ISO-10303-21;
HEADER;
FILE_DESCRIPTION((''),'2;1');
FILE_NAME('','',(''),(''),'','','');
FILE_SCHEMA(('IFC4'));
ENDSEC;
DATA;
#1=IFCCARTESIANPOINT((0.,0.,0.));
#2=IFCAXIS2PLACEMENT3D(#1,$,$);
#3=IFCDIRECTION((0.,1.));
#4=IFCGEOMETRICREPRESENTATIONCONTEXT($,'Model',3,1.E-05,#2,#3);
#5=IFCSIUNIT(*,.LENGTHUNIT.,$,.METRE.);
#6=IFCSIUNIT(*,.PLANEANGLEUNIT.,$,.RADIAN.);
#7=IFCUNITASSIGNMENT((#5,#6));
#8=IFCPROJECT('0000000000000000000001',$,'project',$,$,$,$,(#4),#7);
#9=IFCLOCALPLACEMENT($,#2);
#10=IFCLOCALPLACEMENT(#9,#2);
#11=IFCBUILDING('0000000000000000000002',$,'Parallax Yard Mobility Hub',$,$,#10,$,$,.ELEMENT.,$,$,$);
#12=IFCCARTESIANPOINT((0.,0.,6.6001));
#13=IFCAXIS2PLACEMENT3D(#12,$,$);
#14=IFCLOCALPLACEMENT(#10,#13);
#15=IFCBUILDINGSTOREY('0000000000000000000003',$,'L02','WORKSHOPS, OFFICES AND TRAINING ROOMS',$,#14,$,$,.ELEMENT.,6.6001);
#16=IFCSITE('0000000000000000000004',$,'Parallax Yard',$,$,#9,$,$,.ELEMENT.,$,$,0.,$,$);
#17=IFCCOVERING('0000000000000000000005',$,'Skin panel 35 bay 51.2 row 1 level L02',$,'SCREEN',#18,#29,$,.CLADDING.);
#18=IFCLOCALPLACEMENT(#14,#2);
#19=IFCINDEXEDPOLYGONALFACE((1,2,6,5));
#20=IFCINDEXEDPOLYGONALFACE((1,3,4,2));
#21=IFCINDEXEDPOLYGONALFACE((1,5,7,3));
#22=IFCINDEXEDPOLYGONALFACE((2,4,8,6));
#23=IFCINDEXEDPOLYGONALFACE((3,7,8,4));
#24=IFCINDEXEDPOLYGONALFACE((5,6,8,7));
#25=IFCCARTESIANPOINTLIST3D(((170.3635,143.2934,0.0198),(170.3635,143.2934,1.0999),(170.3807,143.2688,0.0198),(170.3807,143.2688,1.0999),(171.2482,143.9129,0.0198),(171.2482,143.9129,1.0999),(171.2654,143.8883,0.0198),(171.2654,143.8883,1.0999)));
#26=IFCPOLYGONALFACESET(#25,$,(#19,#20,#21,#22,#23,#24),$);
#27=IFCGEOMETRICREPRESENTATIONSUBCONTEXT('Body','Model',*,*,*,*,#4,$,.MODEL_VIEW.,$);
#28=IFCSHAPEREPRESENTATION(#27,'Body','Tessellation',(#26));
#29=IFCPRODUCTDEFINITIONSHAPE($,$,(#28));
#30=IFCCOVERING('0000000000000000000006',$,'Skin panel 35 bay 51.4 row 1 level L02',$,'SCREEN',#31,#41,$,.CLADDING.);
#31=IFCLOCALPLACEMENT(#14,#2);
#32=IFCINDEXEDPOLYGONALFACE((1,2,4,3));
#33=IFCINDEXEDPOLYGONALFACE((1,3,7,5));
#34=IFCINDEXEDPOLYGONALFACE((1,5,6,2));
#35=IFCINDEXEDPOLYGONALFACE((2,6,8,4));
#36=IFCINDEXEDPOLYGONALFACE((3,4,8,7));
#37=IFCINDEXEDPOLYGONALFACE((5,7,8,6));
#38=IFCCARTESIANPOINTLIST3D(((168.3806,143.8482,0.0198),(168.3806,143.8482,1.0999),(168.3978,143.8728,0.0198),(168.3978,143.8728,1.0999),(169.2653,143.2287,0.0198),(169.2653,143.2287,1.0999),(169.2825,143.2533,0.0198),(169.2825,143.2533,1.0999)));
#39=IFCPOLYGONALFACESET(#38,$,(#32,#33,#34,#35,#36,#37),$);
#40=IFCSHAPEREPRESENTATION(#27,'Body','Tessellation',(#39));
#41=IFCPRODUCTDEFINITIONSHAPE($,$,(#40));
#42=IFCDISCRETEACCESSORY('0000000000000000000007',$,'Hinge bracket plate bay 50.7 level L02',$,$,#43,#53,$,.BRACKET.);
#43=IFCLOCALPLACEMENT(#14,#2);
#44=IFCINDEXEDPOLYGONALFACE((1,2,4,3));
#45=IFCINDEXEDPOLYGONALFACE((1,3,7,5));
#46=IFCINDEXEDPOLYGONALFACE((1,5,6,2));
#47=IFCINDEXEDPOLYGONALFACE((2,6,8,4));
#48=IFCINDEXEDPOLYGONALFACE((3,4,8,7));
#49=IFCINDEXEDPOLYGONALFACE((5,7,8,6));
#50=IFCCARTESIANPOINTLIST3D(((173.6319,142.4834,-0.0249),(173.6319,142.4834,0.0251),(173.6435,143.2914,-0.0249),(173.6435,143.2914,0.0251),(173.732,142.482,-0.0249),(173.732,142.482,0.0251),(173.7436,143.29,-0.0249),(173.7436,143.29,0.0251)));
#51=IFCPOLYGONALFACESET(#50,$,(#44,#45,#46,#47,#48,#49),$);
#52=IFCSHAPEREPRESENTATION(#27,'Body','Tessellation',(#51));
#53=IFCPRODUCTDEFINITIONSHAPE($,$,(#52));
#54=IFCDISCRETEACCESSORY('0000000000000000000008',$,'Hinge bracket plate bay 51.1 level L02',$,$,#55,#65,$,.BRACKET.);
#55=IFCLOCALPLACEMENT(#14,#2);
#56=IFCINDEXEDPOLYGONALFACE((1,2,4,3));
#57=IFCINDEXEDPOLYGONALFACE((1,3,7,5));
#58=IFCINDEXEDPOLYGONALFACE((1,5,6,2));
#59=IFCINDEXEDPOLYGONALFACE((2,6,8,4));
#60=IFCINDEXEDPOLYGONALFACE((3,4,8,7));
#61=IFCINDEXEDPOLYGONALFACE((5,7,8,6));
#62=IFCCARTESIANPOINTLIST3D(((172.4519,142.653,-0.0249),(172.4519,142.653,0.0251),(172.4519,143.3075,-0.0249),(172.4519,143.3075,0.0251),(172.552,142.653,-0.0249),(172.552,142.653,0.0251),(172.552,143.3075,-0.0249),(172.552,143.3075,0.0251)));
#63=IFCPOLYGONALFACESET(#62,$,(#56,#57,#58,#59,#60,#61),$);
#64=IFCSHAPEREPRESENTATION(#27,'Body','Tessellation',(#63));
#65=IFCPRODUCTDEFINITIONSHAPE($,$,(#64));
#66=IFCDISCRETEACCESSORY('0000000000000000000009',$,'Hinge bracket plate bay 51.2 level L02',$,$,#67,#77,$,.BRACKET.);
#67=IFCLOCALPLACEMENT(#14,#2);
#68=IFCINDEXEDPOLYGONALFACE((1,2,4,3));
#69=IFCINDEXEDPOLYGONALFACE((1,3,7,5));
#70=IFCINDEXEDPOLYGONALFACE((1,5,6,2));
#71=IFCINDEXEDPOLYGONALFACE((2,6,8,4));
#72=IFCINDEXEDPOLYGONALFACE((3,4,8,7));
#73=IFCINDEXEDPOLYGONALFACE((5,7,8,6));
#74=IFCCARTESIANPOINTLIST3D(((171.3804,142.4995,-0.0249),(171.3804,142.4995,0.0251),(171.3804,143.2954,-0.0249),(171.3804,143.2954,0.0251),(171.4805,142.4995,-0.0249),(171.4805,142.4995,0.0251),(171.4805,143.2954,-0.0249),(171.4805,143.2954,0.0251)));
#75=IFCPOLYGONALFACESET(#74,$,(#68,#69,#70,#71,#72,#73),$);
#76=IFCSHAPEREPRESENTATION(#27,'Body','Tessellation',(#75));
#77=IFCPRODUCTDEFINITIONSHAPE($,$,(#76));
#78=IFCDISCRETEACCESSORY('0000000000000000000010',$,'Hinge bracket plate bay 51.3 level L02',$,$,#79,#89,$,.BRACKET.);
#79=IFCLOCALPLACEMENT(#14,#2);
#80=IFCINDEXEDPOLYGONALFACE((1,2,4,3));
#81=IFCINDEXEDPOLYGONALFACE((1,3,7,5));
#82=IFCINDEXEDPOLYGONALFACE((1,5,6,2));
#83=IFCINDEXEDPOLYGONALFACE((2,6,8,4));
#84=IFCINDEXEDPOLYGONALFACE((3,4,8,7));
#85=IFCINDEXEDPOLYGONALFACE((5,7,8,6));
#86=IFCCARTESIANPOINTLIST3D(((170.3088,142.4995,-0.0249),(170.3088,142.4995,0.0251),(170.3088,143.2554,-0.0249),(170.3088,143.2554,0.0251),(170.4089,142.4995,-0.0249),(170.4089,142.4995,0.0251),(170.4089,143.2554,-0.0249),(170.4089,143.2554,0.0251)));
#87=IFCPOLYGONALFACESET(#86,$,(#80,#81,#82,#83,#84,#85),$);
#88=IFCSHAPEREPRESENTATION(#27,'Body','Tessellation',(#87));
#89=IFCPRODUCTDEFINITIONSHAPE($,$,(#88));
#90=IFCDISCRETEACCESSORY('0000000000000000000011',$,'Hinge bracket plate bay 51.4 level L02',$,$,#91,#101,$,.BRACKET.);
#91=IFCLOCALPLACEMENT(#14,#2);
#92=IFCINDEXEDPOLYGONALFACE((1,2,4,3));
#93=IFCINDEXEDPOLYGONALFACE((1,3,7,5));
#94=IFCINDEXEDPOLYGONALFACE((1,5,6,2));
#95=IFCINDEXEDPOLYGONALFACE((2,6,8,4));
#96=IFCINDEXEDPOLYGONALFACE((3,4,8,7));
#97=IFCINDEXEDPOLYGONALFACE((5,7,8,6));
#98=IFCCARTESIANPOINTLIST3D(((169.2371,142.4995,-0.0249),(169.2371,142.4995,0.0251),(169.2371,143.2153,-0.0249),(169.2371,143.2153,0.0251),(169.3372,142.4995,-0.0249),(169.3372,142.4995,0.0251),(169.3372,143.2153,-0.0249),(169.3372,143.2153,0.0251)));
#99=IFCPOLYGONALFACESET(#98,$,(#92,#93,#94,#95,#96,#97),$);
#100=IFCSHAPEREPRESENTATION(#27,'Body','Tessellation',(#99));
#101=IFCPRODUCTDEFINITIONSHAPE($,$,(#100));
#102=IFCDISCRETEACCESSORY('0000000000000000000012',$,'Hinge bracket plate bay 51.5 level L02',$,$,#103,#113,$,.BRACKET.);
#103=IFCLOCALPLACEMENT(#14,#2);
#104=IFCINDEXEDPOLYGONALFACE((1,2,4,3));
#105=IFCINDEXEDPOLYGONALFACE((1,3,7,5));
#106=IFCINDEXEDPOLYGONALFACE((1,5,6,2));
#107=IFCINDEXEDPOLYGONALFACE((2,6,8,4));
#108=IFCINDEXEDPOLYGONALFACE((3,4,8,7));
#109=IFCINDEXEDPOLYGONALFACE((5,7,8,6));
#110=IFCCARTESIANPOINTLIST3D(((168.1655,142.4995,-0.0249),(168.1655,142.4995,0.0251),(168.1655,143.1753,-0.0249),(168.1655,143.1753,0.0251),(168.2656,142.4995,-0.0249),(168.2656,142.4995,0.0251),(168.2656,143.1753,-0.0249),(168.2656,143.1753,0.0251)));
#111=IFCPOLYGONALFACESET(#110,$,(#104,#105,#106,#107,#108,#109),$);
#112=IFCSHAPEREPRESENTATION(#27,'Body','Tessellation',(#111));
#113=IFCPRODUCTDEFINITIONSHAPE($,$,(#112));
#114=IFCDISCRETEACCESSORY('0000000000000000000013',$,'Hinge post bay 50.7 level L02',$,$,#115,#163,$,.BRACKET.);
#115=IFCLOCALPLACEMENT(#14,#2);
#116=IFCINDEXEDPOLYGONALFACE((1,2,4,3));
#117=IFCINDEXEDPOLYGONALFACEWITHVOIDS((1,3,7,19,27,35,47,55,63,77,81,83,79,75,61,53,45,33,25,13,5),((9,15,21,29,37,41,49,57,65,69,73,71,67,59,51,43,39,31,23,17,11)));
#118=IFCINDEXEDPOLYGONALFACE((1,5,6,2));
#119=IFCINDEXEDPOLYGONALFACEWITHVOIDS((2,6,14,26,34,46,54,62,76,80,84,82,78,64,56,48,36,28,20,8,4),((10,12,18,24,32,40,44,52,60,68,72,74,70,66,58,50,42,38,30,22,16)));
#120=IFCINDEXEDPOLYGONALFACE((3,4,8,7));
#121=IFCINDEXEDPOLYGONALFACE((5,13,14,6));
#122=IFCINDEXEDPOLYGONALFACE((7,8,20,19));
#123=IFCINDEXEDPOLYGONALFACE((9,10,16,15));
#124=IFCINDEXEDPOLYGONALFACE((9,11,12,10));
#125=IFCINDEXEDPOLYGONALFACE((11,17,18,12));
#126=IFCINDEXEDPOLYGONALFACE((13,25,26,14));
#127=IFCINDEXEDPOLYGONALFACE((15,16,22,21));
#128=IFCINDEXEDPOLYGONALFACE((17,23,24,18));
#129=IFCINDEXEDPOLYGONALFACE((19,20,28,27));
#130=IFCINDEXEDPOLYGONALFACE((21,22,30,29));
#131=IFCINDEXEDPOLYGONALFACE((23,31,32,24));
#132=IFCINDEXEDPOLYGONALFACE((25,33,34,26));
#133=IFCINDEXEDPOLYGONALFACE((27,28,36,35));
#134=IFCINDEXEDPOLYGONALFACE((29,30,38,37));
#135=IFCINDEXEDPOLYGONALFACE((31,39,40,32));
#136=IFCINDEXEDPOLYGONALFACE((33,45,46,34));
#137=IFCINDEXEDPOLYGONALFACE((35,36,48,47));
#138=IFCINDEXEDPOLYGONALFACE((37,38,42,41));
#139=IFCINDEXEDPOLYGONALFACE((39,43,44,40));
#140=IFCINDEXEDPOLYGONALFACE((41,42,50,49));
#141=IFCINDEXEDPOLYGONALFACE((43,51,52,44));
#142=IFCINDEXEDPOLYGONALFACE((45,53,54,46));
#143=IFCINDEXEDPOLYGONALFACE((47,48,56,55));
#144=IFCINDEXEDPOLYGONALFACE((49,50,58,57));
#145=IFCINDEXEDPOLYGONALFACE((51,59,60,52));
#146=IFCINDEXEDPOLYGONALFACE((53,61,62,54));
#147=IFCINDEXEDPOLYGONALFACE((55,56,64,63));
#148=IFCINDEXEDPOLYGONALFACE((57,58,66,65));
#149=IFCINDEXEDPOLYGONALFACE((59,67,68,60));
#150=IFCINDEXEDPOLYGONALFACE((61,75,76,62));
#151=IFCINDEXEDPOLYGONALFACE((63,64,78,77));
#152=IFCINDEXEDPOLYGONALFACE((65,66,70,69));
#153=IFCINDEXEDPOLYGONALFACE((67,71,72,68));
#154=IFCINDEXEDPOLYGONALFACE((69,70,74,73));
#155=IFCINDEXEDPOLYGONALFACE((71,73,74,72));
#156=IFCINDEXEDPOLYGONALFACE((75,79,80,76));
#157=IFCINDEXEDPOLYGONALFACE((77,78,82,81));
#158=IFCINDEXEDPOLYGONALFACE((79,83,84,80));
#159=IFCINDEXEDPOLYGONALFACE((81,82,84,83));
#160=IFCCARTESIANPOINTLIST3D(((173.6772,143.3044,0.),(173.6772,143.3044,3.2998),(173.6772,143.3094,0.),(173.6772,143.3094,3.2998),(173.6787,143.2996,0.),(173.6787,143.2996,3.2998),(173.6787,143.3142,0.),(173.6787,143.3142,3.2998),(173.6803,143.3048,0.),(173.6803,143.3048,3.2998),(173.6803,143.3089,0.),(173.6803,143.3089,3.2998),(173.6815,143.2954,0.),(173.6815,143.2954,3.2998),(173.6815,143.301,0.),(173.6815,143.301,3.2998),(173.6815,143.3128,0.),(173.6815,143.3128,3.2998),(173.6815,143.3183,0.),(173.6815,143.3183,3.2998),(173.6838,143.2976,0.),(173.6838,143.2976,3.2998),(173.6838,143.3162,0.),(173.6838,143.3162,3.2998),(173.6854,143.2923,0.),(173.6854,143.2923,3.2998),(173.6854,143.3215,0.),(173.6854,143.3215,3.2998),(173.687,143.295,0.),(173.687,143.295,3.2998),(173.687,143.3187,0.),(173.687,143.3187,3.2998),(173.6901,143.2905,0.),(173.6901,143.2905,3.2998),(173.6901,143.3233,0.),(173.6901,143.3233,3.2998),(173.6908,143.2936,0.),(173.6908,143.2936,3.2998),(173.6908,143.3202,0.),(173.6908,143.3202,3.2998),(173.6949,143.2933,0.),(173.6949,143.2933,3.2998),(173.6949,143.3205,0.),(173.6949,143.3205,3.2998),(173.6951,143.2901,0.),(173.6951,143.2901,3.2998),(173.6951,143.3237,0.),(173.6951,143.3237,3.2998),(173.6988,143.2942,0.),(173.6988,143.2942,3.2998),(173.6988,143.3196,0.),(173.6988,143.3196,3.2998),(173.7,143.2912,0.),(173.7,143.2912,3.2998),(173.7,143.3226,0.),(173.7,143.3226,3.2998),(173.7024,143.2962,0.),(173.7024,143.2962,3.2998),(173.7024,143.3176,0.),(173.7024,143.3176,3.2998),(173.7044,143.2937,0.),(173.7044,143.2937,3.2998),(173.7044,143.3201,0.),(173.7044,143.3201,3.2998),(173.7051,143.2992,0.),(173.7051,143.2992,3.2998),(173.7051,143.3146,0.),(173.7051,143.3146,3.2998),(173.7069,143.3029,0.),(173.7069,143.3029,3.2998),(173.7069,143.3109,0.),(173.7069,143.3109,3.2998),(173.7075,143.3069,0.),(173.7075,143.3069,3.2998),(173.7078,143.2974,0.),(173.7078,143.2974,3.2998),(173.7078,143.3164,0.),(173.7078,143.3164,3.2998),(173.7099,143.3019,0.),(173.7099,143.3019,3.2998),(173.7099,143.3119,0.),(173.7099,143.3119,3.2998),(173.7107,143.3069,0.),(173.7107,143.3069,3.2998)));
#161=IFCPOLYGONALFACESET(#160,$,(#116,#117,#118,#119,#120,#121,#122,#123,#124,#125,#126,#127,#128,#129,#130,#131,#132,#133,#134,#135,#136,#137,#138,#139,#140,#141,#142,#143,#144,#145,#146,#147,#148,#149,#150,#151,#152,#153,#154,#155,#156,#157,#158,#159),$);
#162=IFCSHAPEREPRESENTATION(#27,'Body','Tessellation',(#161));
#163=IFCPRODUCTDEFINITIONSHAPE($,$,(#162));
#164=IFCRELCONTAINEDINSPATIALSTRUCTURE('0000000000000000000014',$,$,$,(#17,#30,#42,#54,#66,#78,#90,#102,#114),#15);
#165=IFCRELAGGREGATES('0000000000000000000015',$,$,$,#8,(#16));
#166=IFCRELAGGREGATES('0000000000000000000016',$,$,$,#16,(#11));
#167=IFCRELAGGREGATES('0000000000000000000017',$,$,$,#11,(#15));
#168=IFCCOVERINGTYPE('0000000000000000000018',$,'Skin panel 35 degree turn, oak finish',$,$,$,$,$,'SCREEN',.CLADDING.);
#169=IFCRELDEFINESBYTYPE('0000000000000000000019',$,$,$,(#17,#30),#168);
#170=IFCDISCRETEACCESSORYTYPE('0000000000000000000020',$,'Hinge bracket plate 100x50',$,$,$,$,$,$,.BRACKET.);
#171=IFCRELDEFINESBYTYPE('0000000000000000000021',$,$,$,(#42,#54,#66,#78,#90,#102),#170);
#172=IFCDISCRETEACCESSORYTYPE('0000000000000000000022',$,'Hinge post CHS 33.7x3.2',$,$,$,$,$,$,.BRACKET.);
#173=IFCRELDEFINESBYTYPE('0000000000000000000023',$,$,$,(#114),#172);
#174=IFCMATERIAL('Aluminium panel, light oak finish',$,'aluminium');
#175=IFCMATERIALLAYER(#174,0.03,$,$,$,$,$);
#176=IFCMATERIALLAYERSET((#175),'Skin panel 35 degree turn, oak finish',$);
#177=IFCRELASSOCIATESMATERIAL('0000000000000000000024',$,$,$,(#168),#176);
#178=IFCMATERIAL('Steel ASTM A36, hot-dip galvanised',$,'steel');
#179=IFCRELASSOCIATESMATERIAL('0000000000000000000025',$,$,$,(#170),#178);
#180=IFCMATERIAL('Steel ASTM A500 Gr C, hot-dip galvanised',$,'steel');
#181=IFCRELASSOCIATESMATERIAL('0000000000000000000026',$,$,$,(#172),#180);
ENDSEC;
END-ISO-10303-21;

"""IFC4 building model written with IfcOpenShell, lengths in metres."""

from ifc_helpers import new_model, si_unit, direction, frame, origin, origin_2d, place, context, subcontext, project, spatial, rectangle, hollow_circle, extrude, material, layer, layer_set, material_profile, profile_set, type_object, element, save


model = new_model("IFC4")

# Units and contexts
model_context = context("Model", 3, precision=1e-05, world=origin(), true_north=direction((0.0, 1.0)))
body_context = subcontext(model_context, "Body", "Model", "MODEL_VIEW")
ifc_project = project(units=[si_unit("LENGTHUNIT", "METRE"), si_unit("PLANEANGLEUNIT", "RADIAN")], contexts=[model_context])

# Site, building, storey
site_placement = place(None, origin())
site = spatial("IfcSite", under=ifc_project, at=site_placement, Name="Parallax Yard", CompositionType="ELEMENT", RefElevation=0.0)
building_placement = place(site_placement, origin())
building = spatial("IfcBuilding", under=site, at=building_placement, Name="Parallax Yard Mobility Hub", CompositionType="ELEMENT")
storey_placement = place(building_placement, frame((0.0, 0.0, 6.6001)))
storey = spatial("IfcBuildingStorey", under=building, at=storey_placement, Name="L02", Description="WORKSHOPS, OFFICES AND TRAINING ROOMS", CompositionType="ELEMENT", Elevation=6.6001)

# Coverings
ifc_material_1 = material(Name="Aluminium panel, light oak finish", Category="aluminium")
ifc_layer_1 = layer(ifc_material_1, 0.03)
ifc_layer_set_1 = layer_set([ifc_layer_1], Name="Skin panel 35 degree turn, oak finish")
covering_type_1 = type_object("IfcCoveringType", Name="Skin panel 35 degree turn, oak finish", ElementType="SCREEN", PredefinedType="CLADDING", material=ifc_layer_set_1)
for number, where, z_axis, x_axis, name in (
    (1, (170.8145, 143.5908, 0.0198), (0.0, 0.0, 1.0), (0.819152, 0.573576, 0.0), "Skin panel 35 bay 51.2 row 1 level L02"),
    (2, (168.8315, 143.5508, 0.0198), (0.0, 0.0, 1.0), (-0.819152, 0.573576, 0.0), "Skin panel 35 bay 51.4 row 1 level L02"),
):
    element("IfcCovering", number, at=place(storey_placement, frame(where, z_axis=z_axis, x_axis=x_axis)), inside=storey, type_object=covering_type_1, Name=name, ObjectType="SCREEN", PredefinedType="CLADDING", context=body_context, shape_type="SweptSolid", body=[
        extrude(rectangle(XDim=1.0801, YDim=0.03, at=origin_2d()), origin(), (0.0, 0.0, 1.0), 1.0801),
    ])

# Discrete accessories
ifc_material_2 = material(Name="Steel ASTM A36, hot-dip galvanised", Category="steel")
discrete_accessory_type_1 = type_object("IfcDiscreteAccessoryType", Name="Hinge bracket plate 100x50", PredefinedType="BRACKET", material=ifc_material_2)
discrete_accessory_1_placement = place(storey_placement, frame((173.6877, 142.8867, -0.0249), z_axis=(0.0, 0.0, 1.0), x_axis=(0.01428, 0.999898, 0.0)))
element("IfcDiscreteAccessory", 3, at=discrete_accessory_1_placement, inside=storey, type_object=discrete_accessory_type_1, Name="Hinge bracket plate bay 50.7 level L02", PredefinedType="BRACKET", context=body_context, shape_type="SweptSolid", body=[
    extrude(rectangle(XDim=0.8081, YDim=0.1001, at=origin_2d()), origin(), (0.0, 0.0, 1.0), 0.05),
])
discrete_accessory_2_placement = place(storey_placement, frame((172.502, 142.9802, -0.0249), z_axis=(0.0, 0.0, 1.0), x_axis=(0.0, 1.0, 0.0)))
element("IfcDiscreteAccessory", 4, at=discrete_accessory_2_placement, inside=storey, type_object=discrete_accessory_type_1, Name="Hinge bracket plate bay 51.1 level L02", PredefinedType="BRACKET", context=body_context, shape_type="SweptSolid", body=[
    extrude(rectangle(XDim=0.6545, YDim=0.1001, at=origin_2d()), origin(), (0.0, 0.0, 1.0), 0.05),
])
discrete_accessory_3_placement = place(storey_placement, frame((171.4304, 142.8975, -0.0249), z_axis=(0.0, 0.0, 1.0), x_axis=(0.0, 1.0, 0.0)))
element("IfcDiscreteAccessory", 5, at=discrete_accessory_3_placement, inside=storey, type_object=discrete_accessory_type_1, Name="Hinge bracket plate bay 51.2 level L02", PredefinedType="BRACKET", context=body_context, shape_type="SweptSolid", body=[
    extrude(rectangle(XDim=0.7959, YDim=0.1001, at=origin_2d()), origin(), (0.0, 0.0, 1.0), 0.05),
])
discrete_accessory_4_placement = place(storey_placement, frame((170.3589, 142.8774, -0.0249), z_axis=(0.0, 0.0, 1.0), x_axis=(0.0, 1.0, 0.0)))
element("IfcDiscreteAccessory", 6, at=discrete_accessory_4_placement, inside=storey, type_object=discrete_accessory_type_1, Name="Hinge bracket plate bay 51.3 level L02", PredefinedType="BRACKET", context=body_context, shape_type="SweptSolid", body=[
    extrude(rectangle(XDim=0.7559, YDim=0.1001, at=origin_2d()), origin(), (0.0, 0.0, 1.0), 0.05),
])
discrete_accessory_5_placement = place(storey_placement, frame((169.2871, 142.8574, -0.0249), z_axis=(0.0, 0.0, 1.0), x_axis=(0.0, 1.0, 0.0)))
element("IfcDiscreteAccessory", 7, at=discrete_accessory_5_placement, inside=storey, type_object=discrete_accessory_type_1, Name="Hinge bracket plate bay 51.4 level L02", PredefinedType="BRACKET", context=body_context, shape_type="SweptSolid", body=[
    extrude(rectangle(XDim=0.7158, YDim=0.1001, at=origin_2d()), origin(), (0.0, 0.0, 1.0), 0.05),
])
discrete_accessory_6_placement = place(storey_placement, frame((168.2156, 142.8374, -0.0249), z_axis=(0.0, 0.0, 1.0), x_axis=(0.0, 1.0, 0.0)))
element("IfcDiscreteAccessory", 8, at=discrete_accessory_6_placement, inside=storey, type_object=discrete_accessory_type_1, Name="Hinge bracket plate bay 51.5 level L02", PredefinedType="BRACKET", context=body_context, shape_type="SweptSolid", body=[
    extrude(rectangle(XDim=0.6758, YDim=0.1001, at=origin_2d()), origin(), (0.0, 0.0, 1.0), 0.05),
])
ifc_material_3 = material(Name="Steel ASTM A500 Gr C, hot-dip galvanised", Category="steel")
ifc_material_profile = material_profile(ifc_material_3, hollow_circle(Radius=0.0168, WallThickness=0.0032, at=origin_2d()), Name="CHS 33.7x3.2")
ifc_profile_set = profile_set([ifc_material_profile], Name="Steel ASTM A500 Gr C, hot-dip galvanised")
discrete_accessory_type_2 = type_object("IfcDiscreteAccessoryType", Name="Hinge post CHS 33.7x3.2", PredefinedType="BRACKET", material=ifc_profile_set)
for number, where, z_axis, x_axis, name in (
    (9, (173.6938, 143.3069, 0.0), (0.0, 0.0, 1.0), (1.0, 0.0, 0.0), "Hinge post bay 50.7 level L02"),
):
    element("IfcDiscreteAccessory", number, at=place(storey_placement, frame(where, z_axis=z_axis, x_axis=x_axis)), inside=storey, type_object=discrete_accessory_type_2, Name=name, PredefinedType="BRACKET", context=body_context, shape_type="SweptSolid", body=[
        extrude(hollow_circle(Radius=0.0168, WallThickness=0.0032, at=origin_2d()), origin(), (0.0, 0.0, 1.0), 3.2998),
    ])

save(model, "model.ifc")
